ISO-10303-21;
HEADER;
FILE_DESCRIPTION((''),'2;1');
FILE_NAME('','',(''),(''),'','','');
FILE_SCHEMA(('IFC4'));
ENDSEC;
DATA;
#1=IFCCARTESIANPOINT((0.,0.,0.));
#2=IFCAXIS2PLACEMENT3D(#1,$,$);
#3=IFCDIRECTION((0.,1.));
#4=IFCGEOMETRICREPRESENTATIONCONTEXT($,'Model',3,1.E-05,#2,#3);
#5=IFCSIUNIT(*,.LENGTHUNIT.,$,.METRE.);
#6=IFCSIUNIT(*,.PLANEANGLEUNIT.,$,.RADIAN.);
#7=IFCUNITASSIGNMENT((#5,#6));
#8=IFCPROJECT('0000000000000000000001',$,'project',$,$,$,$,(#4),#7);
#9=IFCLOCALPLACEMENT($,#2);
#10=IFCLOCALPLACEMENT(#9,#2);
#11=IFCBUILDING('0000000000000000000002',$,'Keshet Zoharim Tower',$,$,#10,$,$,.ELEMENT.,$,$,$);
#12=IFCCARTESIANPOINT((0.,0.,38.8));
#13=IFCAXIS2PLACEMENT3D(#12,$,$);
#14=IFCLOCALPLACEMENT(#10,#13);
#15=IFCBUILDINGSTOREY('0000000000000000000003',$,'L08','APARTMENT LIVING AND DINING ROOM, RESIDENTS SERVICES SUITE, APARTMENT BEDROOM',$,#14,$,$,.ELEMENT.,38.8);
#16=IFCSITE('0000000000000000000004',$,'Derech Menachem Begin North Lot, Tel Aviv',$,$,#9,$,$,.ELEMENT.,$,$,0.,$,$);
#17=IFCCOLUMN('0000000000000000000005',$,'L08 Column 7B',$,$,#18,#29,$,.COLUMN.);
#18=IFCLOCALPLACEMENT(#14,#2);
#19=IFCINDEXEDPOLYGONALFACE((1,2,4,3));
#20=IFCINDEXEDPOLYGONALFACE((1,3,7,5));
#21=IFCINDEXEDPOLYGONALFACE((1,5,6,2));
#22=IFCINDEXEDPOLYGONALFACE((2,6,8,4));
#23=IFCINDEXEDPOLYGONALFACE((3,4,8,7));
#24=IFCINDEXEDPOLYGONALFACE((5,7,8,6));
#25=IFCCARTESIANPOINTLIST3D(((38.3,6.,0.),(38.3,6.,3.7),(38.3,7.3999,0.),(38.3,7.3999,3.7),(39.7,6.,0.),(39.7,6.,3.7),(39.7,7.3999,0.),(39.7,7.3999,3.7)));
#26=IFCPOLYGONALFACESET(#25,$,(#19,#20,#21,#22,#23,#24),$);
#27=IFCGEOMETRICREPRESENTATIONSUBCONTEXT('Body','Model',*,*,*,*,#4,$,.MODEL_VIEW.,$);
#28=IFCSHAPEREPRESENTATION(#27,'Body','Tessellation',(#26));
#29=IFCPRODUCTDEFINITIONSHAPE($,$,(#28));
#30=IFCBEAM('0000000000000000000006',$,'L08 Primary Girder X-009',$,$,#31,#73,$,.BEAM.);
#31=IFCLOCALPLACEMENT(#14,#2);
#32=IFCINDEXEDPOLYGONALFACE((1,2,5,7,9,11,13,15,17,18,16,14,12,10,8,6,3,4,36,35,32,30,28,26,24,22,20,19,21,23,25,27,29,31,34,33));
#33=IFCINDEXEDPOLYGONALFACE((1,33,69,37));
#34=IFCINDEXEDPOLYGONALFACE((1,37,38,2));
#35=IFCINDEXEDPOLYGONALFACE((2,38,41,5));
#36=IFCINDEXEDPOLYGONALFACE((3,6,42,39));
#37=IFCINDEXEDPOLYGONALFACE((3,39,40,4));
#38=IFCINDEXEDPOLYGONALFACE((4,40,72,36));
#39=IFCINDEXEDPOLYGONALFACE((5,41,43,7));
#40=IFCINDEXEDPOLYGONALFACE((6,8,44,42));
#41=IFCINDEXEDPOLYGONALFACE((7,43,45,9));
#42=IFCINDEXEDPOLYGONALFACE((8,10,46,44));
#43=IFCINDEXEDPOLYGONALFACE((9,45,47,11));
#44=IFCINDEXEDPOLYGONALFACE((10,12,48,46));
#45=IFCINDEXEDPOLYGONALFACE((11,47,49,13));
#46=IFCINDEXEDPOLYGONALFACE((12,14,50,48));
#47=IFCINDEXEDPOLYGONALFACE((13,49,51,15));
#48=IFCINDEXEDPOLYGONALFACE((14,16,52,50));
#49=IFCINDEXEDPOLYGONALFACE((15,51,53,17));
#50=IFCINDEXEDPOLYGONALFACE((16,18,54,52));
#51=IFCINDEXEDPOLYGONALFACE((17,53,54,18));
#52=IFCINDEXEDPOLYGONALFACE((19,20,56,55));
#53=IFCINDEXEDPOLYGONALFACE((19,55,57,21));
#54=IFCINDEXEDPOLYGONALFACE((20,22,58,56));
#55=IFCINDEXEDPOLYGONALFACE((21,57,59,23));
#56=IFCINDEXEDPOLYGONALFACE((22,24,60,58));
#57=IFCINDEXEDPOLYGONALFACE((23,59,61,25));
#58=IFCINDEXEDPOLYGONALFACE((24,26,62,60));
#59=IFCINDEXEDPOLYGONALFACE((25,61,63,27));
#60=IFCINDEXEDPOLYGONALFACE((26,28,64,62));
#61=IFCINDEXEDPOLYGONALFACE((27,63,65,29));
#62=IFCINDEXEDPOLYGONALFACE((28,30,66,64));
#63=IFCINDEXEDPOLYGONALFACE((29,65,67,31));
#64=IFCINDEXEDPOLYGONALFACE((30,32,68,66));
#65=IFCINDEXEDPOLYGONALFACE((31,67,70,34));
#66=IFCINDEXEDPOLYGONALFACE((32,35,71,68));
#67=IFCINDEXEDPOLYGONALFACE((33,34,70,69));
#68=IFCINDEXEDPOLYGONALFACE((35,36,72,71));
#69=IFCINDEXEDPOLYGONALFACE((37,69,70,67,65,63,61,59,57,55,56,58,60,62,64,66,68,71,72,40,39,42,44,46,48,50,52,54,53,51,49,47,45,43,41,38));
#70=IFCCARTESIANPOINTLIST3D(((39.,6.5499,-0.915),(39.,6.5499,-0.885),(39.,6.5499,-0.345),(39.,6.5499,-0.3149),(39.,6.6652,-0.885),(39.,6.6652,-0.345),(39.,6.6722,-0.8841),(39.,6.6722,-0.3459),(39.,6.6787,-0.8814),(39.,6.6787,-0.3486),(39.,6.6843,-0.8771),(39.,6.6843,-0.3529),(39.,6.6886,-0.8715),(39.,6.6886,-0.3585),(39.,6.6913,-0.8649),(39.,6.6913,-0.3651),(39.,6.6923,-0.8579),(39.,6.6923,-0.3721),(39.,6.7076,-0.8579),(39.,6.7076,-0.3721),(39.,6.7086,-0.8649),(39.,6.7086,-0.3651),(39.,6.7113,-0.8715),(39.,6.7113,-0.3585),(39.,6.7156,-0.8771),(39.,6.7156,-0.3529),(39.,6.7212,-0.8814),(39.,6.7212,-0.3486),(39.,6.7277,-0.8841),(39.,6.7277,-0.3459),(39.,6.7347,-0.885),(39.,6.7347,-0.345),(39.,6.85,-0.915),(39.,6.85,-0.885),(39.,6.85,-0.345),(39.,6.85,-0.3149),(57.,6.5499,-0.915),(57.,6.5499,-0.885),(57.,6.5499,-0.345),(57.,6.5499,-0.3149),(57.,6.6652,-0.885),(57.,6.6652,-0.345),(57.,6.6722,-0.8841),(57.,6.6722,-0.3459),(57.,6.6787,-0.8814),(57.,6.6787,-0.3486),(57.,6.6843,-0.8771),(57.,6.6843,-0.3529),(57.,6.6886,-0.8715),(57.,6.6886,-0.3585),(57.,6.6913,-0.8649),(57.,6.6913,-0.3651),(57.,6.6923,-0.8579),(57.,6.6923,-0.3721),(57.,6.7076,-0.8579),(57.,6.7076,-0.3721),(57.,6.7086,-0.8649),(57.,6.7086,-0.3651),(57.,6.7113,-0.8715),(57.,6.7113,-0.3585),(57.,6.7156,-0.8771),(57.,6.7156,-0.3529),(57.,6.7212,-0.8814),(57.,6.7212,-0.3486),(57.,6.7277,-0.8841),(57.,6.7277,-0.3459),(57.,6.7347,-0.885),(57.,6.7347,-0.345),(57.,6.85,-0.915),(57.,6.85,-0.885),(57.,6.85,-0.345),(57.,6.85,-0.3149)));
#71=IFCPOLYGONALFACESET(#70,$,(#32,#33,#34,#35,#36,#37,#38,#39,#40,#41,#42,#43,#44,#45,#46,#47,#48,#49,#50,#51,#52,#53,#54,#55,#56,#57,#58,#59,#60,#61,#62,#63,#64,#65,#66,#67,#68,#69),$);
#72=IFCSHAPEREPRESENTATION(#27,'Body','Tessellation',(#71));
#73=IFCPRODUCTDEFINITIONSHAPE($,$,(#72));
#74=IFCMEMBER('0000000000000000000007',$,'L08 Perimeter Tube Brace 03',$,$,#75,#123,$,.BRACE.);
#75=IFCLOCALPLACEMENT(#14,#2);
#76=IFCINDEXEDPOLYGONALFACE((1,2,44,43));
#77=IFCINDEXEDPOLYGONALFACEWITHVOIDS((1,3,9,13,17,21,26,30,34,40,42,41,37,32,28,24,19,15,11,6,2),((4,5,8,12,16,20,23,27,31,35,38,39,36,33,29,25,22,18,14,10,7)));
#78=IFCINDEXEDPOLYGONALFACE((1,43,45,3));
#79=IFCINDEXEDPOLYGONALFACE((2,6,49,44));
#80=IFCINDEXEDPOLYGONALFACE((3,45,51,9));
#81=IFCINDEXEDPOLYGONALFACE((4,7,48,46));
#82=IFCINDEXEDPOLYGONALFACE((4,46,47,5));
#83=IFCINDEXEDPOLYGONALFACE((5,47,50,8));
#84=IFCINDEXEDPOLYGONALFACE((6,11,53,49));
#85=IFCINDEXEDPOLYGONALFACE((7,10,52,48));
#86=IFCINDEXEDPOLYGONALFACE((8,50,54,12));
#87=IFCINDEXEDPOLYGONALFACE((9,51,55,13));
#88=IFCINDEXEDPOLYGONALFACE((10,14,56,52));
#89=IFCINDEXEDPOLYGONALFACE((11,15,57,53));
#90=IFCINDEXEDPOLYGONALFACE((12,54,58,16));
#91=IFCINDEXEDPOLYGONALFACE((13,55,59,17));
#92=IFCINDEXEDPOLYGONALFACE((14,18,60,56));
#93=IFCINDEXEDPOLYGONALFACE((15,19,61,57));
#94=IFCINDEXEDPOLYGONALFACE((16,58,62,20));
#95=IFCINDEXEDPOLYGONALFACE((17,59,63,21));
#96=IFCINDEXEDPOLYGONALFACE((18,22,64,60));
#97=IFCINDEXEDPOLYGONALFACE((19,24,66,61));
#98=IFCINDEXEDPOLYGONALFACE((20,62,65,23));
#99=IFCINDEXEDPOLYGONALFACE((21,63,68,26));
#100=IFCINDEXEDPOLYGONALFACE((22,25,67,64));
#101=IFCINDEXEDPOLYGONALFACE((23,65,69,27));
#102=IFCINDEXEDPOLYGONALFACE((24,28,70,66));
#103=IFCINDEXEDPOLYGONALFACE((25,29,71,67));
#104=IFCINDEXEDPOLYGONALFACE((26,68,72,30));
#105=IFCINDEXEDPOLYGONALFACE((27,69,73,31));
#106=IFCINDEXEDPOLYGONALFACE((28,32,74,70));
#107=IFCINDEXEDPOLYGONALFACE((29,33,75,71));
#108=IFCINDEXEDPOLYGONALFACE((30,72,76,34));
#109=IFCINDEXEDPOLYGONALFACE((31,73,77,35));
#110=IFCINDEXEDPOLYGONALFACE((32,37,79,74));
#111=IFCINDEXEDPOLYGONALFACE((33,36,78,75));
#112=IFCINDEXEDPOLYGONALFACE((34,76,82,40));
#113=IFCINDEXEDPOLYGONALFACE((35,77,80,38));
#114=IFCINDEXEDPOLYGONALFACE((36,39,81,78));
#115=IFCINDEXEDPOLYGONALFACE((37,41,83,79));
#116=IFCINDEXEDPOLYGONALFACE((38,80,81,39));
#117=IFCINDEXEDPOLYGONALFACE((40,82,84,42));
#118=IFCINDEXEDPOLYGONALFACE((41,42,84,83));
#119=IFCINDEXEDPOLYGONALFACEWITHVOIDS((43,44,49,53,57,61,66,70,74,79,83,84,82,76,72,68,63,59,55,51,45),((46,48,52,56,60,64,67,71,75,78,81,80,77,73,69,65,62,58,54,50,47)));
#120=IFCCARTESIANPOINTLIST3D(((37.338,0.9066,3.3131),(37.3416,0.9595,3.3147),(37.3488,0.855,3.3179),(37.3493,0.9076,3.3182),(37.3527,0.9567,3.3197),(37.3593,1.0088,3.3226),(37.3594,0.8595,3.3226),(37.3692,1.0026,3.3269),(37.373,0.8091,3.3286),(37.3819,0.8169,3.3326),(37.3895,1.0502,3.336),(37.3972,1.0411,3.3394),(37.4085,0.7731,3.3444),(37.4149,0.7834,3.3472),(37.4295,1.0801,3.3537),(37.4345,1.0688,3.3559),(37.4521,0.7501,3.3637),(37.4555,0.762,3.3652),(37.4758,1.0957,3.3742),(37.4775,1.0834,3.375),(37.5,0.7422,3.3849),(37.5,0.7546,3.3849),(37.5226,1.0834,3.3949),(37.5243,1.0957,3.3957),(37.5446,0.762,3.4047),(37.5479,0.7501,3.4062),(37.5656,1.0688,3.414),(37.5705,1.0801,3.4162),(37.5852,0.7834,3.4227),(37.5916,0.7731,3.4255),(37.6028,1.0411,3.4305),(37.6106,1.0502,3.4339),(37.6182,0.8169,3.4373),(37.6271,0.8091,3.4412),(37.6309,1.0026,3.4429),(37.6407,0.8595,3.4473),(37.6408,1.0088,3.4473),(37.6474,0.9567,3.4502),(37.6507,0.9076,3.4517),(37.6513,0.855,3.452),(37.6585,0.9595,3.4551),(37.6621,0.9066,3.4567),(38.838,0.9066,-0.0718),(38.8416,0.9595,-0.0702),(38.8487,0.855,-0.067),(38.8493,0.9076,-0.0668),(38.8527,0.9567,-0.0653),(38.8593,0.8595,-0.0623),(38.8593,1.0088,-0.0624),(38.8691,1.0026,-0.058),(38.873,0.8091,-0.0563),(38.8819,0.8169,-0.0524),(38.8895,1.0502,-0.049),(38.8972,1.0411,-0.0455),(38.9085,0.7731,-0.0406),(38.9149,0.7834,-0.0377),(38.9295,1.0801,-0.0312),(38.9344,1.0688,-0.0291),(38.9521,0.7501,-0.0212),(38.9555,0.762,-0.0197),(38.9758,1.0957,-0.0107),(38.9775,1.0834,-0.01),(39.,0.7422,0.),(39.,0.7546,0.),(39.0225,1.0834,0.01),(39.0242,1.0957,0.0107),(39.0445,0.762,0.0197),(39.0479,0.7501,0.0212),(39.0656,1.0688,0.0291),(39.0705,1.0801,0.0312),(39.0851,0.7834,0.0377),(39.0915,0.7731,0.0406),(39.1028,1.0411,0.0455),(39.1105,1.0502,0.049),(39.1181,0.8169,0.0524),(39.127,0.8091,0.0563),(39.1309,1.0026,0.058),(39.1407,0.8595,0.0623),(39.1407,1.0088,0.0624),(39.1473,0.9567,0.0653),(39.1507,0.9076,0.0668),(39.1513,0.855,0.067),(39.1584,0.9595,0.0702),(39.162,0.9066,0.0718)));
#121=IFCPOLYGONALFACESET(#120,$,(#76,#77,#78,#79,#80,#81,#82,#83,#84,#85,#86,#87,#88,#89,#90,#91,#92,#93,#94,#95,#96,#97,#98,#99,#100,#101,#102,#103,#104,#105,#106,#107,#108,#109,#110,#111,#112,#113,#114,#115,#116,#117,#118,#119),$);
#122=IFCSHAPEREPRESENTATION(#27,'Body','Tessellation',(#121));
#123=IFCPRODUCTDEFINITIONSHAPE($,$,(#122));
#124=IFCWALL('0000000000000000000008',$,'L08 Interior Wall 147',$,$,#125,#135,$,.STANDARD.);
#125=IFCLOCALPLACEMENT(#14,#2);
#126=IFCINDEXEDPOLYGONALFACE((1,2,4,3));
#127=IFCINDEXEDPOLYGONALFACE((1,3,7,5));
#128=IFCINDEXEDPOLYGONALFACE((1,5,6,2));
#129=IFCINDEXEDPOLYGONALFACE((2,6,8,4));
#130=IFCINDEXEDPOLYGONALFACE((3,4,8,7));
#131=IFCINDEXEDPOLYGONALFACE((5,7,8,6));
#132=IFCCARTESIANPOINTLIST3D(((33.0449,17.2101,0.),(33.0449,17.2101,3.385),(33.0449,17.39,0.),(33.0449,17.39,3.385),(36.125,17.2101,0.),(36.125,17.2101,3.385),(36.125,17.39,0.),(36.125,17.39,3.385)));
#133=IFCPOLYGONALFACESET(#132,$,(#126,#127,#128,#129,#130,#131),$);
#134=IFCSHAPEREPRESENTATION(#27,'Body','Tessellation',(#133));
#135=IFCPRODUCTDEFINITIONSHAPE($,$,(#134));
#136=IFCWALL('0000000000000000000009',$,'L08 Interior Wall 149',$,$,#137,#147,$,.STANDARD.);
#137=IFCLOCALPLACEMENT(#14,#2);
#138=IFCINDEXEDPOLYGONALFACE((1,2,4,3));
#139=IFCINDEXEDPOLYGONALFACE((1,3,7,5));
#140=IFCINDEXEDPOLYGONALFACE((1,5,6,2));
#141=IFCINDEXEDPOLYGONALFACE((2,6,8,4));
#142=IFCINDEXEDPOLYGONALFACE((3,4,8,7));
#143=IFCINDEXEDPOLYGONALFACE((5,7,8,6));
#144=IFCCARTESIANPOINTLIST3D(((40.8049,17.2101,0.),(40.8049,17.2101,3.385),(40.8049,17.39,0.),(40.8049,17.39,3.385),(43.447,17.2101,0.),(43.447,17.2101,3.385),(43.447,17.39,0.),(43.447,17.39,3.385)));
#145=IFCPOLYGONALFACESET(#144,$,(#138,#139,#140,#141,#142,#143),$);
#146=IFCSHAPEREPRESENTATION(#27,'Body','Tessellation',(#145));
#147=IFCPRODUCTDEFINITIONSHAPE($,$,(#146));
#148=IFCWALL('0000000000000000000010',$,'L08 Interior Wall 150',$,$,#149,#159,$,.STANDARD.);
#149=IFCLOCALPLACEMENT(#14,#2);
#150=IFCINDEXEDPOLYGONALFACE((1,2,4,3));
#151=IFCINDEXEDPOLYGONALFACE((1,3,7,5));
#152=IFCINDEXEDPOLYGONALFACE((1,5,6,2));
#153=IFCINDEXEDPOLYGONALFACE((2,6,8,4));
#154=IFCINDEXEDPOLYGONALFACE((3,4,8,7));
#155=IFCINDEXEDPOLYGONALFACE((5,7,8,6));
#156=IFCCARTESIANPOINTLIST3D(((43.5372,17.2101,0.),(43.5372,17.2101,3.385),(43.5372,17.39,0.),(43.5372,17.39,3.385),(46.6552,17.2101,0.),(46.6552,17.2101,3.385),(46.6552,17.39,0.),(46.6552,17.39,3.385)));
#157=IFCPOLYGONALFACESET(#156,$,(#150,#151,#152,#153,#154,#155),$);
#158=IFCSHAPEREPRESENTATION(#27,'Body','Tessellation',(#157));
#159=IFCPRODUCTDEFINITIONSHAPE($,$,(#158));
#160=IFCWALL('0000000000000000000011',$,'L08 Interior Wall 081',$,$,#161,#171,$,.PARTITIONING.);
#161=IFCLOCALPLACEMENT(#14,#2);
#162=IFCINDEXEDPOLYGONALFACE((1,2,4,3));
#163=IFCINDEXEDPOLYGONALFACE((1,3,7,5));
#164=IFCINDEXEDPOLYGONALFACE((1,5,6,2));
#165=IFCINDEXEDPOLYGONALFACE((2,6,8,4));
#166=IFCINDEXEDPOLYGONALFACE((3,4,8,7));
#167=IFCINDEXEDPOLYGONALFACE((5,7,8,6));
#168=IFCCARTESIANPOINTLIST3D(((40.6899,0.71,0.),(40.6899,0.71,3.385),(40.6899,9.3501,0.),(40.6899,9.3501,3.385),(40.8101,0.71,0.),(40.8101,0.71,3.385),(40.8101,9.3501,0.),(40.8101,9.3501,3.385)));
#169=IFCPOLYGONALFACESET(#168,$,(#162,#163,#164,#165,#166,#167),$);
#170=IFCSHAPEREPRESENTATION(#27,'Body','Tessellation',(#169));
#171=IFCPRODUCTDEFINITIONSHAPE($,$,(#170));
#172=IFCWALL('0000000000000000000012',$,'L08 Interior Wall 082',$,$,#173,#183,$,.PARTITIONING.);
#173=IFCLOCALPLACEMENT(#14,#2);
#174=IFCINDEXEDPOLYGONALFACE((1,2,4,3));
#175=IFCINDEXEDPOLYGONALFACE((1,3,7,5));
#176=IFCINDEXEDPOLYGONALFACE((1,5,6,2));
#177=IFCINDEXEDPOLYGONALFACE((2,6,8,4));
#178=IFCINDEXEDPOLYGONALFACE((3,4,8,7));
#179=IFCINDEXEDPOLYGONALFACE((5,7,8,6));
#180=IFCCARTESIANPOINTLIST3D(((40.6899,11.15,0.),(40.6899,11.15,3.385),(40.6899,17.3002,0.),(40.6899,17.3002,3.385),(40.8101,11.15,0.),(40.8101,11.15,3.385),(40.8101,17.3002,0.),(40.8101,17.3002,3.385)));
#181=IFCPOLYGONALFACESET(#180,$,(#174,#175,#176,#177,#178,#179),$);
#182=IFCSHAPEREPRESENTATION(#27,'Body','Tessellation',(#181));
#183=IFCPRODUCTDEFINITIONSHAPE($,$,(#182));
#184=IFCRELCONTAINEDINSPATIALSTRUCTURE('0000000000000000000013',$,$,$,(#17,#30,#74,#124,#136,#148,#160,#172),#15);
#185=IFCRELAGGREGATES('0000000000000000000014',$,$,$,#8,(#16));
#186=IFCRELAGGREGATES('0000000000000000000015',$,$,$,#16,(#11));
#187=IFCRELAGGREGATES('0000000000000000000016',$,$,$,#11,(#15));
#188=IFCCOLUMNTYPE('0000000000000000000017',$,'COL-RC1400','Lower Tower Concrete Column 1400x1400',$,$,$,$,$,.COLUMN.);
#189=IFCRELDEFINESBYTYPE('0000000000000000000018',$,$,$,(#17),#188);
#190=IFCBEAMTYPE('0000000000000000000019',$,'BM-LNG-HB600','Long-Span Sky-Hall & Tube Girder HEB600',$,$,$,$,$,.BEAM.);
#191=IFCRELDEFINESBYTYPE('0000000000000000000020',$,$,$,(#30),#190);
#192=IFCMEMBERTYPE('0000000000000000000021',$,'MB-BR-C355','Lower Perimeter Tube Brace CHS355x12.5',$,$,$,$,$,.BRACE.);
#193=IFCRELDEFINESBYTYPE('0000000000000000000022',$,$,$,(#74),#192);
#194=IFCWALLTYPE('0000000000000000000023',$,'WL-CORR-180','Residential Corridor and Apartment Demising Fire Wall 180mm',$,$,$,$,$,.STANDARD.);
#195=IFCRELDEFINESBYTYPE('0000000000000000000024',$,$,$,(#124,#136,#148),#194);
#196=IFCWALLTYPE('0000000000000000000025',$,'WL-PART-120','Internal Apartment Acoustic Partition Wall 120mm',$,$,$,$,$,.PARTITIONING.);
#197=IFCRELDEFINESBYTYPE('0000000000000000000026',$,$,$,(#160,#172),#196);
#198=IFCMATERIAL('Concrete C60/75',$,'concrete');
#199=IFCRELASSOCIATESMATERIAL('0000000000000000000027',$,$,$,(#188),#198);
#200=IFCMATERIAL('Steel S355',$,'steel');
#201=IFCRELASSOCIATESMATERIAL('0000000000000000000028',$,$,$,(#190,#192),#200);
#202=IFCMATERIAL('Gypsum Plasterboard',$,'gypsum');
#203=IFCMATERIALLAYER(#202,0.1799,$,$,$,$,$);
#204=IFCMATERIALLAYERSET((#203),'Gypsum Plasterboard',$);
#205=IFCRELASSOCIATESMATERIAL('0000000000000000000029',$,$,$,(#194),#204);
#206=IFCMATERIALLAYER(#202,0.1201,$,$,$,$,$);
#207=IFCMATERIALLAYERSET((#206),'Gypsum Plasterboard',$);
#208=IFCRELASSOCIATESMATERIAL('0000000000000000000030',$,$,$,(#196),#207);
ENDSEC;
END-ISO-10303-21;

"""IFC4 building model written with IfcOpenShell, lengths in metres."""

from ifc_helpers import new_model, si_unit, direction, frame, frame_2d, origin, origin_2d, place, context, subcontext, project, spatial, rectangle, hollow_circle, i_section, extrude, material, layer, layer_set, material_profile, profile_set, type_object, element, save


model = new_model("IFC4")

# Units and contexts
model_context = context("Model", 3, precision=1e-05, world=origin(), true_north=direction((0.0, 1.0)))
body_context = subcontext(model_context, "Body", "Model", "MODEL_VIEW")
ifc_project = project(units=[si_unit("LENGTHUNIT", "METRE"), si_unit("PLANEANGLEUNIT", "RADIAN")], contexts=[model_context])

# Site, building, storey
site_placement = place(None, origin())
site = spatial("IfcSite", under=ifc_project, at=site_placement, Name="Derech Menachem Begin North Lot, Tel Aviv", CompositionType="ELEMENT", RefElevation=0.0)
building_placement = place(site_placement, origin())
building = spatial("IfcBuilding", under=site, at=building_placement, Name="Keshet Zoharim Tower", CompositionType="ELEMENT")
storey_placement = place(building_placement, frame((0.0, 0.0, 38.8)))
storey = spatial("IfcBuildingStorey", under=building, at=storey_placement, Name="L08", Description="APARTMENT LIVING AND DINING ROOM, RESIDENTS SERVICES SUITE, APARTMENT BEDROOM", CompositionType="ELEMENT", Elevation=38.8)

# Column
ifc_material_1 = material(Name="Concrete C60/75", Category="concrete")
ifc_material_profile_1 = material_profile(ifc_material_1, rectangle(XDim=1.3999, YDim=1.3999, at=origin_2d()), Name="RC1400x1400")
ifc_profile_set_1 = profile_set([ifc_material_profile_1], Name="Concrete C60/75")
column_type = type_object("IfcColumnType", Name="COL-RC1400", Description="Lower Tower Concrete Column 1400x1400", PredefinedType="COLUMN", material=ifc_profile_set_1)
column_placement = place(storey_placement, frame((39.0, 6.7, 0.0), z_axis=(0.0, 0.0, 1.0), x_axis=(1.0, 0.0, 0.0)))
element("IfcColumn", 1, at=column_placement, inside=storey, type_object=column_type, Name="L08 Column 7B", PredefinedType="COLUMN", context=body_context, shape_type="SweptSolid", body=[
    extrude(rectangle(XDim=1.3999, YDim=1.3999, at=origin_2d()), origin(), (0.0, 0.0, 1.0), 3.7),
])

# Beam
ifc_material_2 = material(Name="Steel S355", Category="steel")
ifc_material_profile_2 = material_profile(ifc_material_2, i_section(OverallWidth=0.3, OverallDepth=0.6001, WebThickness=0.0154, FlangeThickness=0.03, FilletRadius=0.0271, at=origin_2d()), Name="HEB600")
ifc_profile_set_2 = profile_set([ifc_material_profile_2], Name="Steel S355")
beam_type = type_object("IfcBeamType", Name="BM-LNG-HB600", Description="Long-Span Sky-Hall & Tube Girder HEB600", PredefinedType="BEAM", material=ifc_profile_set_2)
beam_placement = place(storey_placement, frame((39.0, 6.7, -0.615), z_axis=(1.0, 0.0, 0.0), x_axis=(0.0, 1.0, 0.0)))
element("IfcBeam", 2, at=beam_placement, inside=storey, type_object=beam_type, Name="L08 Primary Girder X-009", PredefinedType="BEAM", context=body_context, shape_type="SweptSolid", body=[
    extrude(i_section(OverallWidth=0.3, OverallDepth=0.6001, WebThickness=0.0154, FlangeThickness=0.03, FilletRadius=0.0271, at=origin_2d()), origin(), (0.0, 0.0, 1.0), 18.0),
])

# Member
ifc_material_profile_3 = material_profile(ifc_material_2, hollow_circle(Radius=0.1777, WallThickness=0.0125, at=origin_2d()), Name="CHS355x12.5")
ifc_profile_set_3 = profile_set([ifc_material_profile_3], Name="Steel S355")
member_type = type_object("IfcMemberType", Name="MB-BR-C355", Description="Lower Perimeter Tube Brace CHS355x12.5", PredefinedType="BRACE", material=ifc_profile_set_3)
member_placement = place(storey_placement, frame((39.0, 0.9199, 0.0), z_axis=(-0.405135, 0.0, 0.914257), x_axis=(0.0, -1.0, 0.0)))
element("IfcMember", 3, at=member_placement, inside=storey, type_object=member_type, Name="L08 Perimeter Tube Brace 03", PredefinedType="BRACE", context=body_context, shape_type="SweptSolid", body=[
    extrude(hollow_circle(Radius=0.1777, WallThickness=0.0125, at=origin_2d()), origin(), (0.0, 0.0, 1.0), 3.7024),
])

# Wall
ifc_material_3 = material(Name="Gypsum Plasterboard", Category="gypsum")
ifc_layer_1 = layer(ifc_material_3, 0.1799)
ifc_layer_set_1 = layer_set([ifc_layer_1], Name="Gypsum Plasterboard")
wall_type_1 = type_object("IfcWallType", Name="WL-CORR-180", Description="Residential Corridor and Apartment Demising Fire Wall 180mm", PredefinedType="STANDARD", material=ifc_layer_set_1)
wall_1_placement = place(storey_placement, frame((33.0449, 17.3, 0.0), z_axis=(0.0, 0.0, 1.0), x_axis=(1.0, 0.0, 0.0)))
element("IfcWall", 4, at=wall_1_placement, inside=storey, type_object=wall_type_1, Name="L08 Interior Wall 147", PredefinedType="STANDARD", context=body_context, shape_type="SweptSolid", body=[
    extrude(rectangle(XDim=3.0801, YDim=0.1799, at=frame_2d((1.54, 0.0))), origin(), (0.0, 0.0, 1.0), 3.385),
])

# Walls
wall_2_placement = place(storey_placement, frame((40.8049, 17.3, 0.0), z_axis=(0.0, 0.0, 1.0), x_axis=(1.0, 0.0, 0.0)))
element("IfcWall", 5, at=wall_2_placement, inside=storey, type_object=wall_type_1, Name="L08 Interior Wall 149", PredefinedType="STANDARD", context=body_context, shape_type="SweptSolid", body=[
    extrude(rectangle(XDim=2.6421, YDim=0.1799, at=frame_2d((1.321, 0.0))), origin(), (0.0, 0.0, 1.0), 3.385),
])
wall_3_placement = place(storey_placement, frame((43.5371, 17.3, 0.0), z_axis=(0.0, 0.0, 1.0), x_axis=(1.0, 0.0, 0.0)))
element("IfcWall", 6, at=wall_3_placement, inside=storey, type_object=wall_type_1, Name="L08 Interior Wall 150", PredefinedType="STANDARD", context=body_context, shape_type="SweptSolid", body=[
    extrude(rectangle(XDim=3.1179, YDim=0.1799, at=frame_2d((1.5591, 0.0))), origin(), (0.0, 0.0, 1.0), 3.385),
])
ifc_layer_2 = layer(ifc_material_3, 0.1201)
ifc_layer_set_2 = layer_set([ifc_layer_2], Name="Gypsum Plasterboard")
wall_type_2 = type_object("IfcWallType", Name="WL-PART-120", Description="Internal Apartment Acoustic Partition Wall 120mm", PredefinedType="PARTITIONING", material=ifc_layer_set_2)
wall_4_placement = place(storey_placement, frame((40.75, 0.71, 0.0), z_axis=(0.0, 0.0, 1.0), x_axis=(0.0, 1.0, 0.0)))
element("IfcWall", 7, at=wall_4_placement, inside=storey, type_object=wall_type_2, Name="L08 Interior Wall 081", PredefinedType="PARTITIONING", context=body_context, shape_type="SweptSolid", body=[
    extrude(rectangle(XDim=8.6401, YDim=0.1201, at=frame_2d((4.3201, 0.0))), origin(), (0.0, 0.0, 1.0), 3.385),
])
wall_5_placement = place(storey_placement, frame((40.75, 11.1499, 0.0), z_axis=(0.0, 0.0, 1.0), x_axis=(0.0, 1.0, 0.0)))
element("IfcWall", 8, at=wall_5_placement, inside=storey, type_object=wall_type_2, Name="L08 Interior Wall 082", PredefinedType="PARTITIONING", context=body_context, shape_type="SweptSolid", body=[
    extrude(rectangle(XDim=6.1501, YDim=0.1201, at=frame_2d((3.0752, 0.0))), origin(), (0.0, 0.0, 1.0), 3.385),
])

save(model, "model.ifc")
